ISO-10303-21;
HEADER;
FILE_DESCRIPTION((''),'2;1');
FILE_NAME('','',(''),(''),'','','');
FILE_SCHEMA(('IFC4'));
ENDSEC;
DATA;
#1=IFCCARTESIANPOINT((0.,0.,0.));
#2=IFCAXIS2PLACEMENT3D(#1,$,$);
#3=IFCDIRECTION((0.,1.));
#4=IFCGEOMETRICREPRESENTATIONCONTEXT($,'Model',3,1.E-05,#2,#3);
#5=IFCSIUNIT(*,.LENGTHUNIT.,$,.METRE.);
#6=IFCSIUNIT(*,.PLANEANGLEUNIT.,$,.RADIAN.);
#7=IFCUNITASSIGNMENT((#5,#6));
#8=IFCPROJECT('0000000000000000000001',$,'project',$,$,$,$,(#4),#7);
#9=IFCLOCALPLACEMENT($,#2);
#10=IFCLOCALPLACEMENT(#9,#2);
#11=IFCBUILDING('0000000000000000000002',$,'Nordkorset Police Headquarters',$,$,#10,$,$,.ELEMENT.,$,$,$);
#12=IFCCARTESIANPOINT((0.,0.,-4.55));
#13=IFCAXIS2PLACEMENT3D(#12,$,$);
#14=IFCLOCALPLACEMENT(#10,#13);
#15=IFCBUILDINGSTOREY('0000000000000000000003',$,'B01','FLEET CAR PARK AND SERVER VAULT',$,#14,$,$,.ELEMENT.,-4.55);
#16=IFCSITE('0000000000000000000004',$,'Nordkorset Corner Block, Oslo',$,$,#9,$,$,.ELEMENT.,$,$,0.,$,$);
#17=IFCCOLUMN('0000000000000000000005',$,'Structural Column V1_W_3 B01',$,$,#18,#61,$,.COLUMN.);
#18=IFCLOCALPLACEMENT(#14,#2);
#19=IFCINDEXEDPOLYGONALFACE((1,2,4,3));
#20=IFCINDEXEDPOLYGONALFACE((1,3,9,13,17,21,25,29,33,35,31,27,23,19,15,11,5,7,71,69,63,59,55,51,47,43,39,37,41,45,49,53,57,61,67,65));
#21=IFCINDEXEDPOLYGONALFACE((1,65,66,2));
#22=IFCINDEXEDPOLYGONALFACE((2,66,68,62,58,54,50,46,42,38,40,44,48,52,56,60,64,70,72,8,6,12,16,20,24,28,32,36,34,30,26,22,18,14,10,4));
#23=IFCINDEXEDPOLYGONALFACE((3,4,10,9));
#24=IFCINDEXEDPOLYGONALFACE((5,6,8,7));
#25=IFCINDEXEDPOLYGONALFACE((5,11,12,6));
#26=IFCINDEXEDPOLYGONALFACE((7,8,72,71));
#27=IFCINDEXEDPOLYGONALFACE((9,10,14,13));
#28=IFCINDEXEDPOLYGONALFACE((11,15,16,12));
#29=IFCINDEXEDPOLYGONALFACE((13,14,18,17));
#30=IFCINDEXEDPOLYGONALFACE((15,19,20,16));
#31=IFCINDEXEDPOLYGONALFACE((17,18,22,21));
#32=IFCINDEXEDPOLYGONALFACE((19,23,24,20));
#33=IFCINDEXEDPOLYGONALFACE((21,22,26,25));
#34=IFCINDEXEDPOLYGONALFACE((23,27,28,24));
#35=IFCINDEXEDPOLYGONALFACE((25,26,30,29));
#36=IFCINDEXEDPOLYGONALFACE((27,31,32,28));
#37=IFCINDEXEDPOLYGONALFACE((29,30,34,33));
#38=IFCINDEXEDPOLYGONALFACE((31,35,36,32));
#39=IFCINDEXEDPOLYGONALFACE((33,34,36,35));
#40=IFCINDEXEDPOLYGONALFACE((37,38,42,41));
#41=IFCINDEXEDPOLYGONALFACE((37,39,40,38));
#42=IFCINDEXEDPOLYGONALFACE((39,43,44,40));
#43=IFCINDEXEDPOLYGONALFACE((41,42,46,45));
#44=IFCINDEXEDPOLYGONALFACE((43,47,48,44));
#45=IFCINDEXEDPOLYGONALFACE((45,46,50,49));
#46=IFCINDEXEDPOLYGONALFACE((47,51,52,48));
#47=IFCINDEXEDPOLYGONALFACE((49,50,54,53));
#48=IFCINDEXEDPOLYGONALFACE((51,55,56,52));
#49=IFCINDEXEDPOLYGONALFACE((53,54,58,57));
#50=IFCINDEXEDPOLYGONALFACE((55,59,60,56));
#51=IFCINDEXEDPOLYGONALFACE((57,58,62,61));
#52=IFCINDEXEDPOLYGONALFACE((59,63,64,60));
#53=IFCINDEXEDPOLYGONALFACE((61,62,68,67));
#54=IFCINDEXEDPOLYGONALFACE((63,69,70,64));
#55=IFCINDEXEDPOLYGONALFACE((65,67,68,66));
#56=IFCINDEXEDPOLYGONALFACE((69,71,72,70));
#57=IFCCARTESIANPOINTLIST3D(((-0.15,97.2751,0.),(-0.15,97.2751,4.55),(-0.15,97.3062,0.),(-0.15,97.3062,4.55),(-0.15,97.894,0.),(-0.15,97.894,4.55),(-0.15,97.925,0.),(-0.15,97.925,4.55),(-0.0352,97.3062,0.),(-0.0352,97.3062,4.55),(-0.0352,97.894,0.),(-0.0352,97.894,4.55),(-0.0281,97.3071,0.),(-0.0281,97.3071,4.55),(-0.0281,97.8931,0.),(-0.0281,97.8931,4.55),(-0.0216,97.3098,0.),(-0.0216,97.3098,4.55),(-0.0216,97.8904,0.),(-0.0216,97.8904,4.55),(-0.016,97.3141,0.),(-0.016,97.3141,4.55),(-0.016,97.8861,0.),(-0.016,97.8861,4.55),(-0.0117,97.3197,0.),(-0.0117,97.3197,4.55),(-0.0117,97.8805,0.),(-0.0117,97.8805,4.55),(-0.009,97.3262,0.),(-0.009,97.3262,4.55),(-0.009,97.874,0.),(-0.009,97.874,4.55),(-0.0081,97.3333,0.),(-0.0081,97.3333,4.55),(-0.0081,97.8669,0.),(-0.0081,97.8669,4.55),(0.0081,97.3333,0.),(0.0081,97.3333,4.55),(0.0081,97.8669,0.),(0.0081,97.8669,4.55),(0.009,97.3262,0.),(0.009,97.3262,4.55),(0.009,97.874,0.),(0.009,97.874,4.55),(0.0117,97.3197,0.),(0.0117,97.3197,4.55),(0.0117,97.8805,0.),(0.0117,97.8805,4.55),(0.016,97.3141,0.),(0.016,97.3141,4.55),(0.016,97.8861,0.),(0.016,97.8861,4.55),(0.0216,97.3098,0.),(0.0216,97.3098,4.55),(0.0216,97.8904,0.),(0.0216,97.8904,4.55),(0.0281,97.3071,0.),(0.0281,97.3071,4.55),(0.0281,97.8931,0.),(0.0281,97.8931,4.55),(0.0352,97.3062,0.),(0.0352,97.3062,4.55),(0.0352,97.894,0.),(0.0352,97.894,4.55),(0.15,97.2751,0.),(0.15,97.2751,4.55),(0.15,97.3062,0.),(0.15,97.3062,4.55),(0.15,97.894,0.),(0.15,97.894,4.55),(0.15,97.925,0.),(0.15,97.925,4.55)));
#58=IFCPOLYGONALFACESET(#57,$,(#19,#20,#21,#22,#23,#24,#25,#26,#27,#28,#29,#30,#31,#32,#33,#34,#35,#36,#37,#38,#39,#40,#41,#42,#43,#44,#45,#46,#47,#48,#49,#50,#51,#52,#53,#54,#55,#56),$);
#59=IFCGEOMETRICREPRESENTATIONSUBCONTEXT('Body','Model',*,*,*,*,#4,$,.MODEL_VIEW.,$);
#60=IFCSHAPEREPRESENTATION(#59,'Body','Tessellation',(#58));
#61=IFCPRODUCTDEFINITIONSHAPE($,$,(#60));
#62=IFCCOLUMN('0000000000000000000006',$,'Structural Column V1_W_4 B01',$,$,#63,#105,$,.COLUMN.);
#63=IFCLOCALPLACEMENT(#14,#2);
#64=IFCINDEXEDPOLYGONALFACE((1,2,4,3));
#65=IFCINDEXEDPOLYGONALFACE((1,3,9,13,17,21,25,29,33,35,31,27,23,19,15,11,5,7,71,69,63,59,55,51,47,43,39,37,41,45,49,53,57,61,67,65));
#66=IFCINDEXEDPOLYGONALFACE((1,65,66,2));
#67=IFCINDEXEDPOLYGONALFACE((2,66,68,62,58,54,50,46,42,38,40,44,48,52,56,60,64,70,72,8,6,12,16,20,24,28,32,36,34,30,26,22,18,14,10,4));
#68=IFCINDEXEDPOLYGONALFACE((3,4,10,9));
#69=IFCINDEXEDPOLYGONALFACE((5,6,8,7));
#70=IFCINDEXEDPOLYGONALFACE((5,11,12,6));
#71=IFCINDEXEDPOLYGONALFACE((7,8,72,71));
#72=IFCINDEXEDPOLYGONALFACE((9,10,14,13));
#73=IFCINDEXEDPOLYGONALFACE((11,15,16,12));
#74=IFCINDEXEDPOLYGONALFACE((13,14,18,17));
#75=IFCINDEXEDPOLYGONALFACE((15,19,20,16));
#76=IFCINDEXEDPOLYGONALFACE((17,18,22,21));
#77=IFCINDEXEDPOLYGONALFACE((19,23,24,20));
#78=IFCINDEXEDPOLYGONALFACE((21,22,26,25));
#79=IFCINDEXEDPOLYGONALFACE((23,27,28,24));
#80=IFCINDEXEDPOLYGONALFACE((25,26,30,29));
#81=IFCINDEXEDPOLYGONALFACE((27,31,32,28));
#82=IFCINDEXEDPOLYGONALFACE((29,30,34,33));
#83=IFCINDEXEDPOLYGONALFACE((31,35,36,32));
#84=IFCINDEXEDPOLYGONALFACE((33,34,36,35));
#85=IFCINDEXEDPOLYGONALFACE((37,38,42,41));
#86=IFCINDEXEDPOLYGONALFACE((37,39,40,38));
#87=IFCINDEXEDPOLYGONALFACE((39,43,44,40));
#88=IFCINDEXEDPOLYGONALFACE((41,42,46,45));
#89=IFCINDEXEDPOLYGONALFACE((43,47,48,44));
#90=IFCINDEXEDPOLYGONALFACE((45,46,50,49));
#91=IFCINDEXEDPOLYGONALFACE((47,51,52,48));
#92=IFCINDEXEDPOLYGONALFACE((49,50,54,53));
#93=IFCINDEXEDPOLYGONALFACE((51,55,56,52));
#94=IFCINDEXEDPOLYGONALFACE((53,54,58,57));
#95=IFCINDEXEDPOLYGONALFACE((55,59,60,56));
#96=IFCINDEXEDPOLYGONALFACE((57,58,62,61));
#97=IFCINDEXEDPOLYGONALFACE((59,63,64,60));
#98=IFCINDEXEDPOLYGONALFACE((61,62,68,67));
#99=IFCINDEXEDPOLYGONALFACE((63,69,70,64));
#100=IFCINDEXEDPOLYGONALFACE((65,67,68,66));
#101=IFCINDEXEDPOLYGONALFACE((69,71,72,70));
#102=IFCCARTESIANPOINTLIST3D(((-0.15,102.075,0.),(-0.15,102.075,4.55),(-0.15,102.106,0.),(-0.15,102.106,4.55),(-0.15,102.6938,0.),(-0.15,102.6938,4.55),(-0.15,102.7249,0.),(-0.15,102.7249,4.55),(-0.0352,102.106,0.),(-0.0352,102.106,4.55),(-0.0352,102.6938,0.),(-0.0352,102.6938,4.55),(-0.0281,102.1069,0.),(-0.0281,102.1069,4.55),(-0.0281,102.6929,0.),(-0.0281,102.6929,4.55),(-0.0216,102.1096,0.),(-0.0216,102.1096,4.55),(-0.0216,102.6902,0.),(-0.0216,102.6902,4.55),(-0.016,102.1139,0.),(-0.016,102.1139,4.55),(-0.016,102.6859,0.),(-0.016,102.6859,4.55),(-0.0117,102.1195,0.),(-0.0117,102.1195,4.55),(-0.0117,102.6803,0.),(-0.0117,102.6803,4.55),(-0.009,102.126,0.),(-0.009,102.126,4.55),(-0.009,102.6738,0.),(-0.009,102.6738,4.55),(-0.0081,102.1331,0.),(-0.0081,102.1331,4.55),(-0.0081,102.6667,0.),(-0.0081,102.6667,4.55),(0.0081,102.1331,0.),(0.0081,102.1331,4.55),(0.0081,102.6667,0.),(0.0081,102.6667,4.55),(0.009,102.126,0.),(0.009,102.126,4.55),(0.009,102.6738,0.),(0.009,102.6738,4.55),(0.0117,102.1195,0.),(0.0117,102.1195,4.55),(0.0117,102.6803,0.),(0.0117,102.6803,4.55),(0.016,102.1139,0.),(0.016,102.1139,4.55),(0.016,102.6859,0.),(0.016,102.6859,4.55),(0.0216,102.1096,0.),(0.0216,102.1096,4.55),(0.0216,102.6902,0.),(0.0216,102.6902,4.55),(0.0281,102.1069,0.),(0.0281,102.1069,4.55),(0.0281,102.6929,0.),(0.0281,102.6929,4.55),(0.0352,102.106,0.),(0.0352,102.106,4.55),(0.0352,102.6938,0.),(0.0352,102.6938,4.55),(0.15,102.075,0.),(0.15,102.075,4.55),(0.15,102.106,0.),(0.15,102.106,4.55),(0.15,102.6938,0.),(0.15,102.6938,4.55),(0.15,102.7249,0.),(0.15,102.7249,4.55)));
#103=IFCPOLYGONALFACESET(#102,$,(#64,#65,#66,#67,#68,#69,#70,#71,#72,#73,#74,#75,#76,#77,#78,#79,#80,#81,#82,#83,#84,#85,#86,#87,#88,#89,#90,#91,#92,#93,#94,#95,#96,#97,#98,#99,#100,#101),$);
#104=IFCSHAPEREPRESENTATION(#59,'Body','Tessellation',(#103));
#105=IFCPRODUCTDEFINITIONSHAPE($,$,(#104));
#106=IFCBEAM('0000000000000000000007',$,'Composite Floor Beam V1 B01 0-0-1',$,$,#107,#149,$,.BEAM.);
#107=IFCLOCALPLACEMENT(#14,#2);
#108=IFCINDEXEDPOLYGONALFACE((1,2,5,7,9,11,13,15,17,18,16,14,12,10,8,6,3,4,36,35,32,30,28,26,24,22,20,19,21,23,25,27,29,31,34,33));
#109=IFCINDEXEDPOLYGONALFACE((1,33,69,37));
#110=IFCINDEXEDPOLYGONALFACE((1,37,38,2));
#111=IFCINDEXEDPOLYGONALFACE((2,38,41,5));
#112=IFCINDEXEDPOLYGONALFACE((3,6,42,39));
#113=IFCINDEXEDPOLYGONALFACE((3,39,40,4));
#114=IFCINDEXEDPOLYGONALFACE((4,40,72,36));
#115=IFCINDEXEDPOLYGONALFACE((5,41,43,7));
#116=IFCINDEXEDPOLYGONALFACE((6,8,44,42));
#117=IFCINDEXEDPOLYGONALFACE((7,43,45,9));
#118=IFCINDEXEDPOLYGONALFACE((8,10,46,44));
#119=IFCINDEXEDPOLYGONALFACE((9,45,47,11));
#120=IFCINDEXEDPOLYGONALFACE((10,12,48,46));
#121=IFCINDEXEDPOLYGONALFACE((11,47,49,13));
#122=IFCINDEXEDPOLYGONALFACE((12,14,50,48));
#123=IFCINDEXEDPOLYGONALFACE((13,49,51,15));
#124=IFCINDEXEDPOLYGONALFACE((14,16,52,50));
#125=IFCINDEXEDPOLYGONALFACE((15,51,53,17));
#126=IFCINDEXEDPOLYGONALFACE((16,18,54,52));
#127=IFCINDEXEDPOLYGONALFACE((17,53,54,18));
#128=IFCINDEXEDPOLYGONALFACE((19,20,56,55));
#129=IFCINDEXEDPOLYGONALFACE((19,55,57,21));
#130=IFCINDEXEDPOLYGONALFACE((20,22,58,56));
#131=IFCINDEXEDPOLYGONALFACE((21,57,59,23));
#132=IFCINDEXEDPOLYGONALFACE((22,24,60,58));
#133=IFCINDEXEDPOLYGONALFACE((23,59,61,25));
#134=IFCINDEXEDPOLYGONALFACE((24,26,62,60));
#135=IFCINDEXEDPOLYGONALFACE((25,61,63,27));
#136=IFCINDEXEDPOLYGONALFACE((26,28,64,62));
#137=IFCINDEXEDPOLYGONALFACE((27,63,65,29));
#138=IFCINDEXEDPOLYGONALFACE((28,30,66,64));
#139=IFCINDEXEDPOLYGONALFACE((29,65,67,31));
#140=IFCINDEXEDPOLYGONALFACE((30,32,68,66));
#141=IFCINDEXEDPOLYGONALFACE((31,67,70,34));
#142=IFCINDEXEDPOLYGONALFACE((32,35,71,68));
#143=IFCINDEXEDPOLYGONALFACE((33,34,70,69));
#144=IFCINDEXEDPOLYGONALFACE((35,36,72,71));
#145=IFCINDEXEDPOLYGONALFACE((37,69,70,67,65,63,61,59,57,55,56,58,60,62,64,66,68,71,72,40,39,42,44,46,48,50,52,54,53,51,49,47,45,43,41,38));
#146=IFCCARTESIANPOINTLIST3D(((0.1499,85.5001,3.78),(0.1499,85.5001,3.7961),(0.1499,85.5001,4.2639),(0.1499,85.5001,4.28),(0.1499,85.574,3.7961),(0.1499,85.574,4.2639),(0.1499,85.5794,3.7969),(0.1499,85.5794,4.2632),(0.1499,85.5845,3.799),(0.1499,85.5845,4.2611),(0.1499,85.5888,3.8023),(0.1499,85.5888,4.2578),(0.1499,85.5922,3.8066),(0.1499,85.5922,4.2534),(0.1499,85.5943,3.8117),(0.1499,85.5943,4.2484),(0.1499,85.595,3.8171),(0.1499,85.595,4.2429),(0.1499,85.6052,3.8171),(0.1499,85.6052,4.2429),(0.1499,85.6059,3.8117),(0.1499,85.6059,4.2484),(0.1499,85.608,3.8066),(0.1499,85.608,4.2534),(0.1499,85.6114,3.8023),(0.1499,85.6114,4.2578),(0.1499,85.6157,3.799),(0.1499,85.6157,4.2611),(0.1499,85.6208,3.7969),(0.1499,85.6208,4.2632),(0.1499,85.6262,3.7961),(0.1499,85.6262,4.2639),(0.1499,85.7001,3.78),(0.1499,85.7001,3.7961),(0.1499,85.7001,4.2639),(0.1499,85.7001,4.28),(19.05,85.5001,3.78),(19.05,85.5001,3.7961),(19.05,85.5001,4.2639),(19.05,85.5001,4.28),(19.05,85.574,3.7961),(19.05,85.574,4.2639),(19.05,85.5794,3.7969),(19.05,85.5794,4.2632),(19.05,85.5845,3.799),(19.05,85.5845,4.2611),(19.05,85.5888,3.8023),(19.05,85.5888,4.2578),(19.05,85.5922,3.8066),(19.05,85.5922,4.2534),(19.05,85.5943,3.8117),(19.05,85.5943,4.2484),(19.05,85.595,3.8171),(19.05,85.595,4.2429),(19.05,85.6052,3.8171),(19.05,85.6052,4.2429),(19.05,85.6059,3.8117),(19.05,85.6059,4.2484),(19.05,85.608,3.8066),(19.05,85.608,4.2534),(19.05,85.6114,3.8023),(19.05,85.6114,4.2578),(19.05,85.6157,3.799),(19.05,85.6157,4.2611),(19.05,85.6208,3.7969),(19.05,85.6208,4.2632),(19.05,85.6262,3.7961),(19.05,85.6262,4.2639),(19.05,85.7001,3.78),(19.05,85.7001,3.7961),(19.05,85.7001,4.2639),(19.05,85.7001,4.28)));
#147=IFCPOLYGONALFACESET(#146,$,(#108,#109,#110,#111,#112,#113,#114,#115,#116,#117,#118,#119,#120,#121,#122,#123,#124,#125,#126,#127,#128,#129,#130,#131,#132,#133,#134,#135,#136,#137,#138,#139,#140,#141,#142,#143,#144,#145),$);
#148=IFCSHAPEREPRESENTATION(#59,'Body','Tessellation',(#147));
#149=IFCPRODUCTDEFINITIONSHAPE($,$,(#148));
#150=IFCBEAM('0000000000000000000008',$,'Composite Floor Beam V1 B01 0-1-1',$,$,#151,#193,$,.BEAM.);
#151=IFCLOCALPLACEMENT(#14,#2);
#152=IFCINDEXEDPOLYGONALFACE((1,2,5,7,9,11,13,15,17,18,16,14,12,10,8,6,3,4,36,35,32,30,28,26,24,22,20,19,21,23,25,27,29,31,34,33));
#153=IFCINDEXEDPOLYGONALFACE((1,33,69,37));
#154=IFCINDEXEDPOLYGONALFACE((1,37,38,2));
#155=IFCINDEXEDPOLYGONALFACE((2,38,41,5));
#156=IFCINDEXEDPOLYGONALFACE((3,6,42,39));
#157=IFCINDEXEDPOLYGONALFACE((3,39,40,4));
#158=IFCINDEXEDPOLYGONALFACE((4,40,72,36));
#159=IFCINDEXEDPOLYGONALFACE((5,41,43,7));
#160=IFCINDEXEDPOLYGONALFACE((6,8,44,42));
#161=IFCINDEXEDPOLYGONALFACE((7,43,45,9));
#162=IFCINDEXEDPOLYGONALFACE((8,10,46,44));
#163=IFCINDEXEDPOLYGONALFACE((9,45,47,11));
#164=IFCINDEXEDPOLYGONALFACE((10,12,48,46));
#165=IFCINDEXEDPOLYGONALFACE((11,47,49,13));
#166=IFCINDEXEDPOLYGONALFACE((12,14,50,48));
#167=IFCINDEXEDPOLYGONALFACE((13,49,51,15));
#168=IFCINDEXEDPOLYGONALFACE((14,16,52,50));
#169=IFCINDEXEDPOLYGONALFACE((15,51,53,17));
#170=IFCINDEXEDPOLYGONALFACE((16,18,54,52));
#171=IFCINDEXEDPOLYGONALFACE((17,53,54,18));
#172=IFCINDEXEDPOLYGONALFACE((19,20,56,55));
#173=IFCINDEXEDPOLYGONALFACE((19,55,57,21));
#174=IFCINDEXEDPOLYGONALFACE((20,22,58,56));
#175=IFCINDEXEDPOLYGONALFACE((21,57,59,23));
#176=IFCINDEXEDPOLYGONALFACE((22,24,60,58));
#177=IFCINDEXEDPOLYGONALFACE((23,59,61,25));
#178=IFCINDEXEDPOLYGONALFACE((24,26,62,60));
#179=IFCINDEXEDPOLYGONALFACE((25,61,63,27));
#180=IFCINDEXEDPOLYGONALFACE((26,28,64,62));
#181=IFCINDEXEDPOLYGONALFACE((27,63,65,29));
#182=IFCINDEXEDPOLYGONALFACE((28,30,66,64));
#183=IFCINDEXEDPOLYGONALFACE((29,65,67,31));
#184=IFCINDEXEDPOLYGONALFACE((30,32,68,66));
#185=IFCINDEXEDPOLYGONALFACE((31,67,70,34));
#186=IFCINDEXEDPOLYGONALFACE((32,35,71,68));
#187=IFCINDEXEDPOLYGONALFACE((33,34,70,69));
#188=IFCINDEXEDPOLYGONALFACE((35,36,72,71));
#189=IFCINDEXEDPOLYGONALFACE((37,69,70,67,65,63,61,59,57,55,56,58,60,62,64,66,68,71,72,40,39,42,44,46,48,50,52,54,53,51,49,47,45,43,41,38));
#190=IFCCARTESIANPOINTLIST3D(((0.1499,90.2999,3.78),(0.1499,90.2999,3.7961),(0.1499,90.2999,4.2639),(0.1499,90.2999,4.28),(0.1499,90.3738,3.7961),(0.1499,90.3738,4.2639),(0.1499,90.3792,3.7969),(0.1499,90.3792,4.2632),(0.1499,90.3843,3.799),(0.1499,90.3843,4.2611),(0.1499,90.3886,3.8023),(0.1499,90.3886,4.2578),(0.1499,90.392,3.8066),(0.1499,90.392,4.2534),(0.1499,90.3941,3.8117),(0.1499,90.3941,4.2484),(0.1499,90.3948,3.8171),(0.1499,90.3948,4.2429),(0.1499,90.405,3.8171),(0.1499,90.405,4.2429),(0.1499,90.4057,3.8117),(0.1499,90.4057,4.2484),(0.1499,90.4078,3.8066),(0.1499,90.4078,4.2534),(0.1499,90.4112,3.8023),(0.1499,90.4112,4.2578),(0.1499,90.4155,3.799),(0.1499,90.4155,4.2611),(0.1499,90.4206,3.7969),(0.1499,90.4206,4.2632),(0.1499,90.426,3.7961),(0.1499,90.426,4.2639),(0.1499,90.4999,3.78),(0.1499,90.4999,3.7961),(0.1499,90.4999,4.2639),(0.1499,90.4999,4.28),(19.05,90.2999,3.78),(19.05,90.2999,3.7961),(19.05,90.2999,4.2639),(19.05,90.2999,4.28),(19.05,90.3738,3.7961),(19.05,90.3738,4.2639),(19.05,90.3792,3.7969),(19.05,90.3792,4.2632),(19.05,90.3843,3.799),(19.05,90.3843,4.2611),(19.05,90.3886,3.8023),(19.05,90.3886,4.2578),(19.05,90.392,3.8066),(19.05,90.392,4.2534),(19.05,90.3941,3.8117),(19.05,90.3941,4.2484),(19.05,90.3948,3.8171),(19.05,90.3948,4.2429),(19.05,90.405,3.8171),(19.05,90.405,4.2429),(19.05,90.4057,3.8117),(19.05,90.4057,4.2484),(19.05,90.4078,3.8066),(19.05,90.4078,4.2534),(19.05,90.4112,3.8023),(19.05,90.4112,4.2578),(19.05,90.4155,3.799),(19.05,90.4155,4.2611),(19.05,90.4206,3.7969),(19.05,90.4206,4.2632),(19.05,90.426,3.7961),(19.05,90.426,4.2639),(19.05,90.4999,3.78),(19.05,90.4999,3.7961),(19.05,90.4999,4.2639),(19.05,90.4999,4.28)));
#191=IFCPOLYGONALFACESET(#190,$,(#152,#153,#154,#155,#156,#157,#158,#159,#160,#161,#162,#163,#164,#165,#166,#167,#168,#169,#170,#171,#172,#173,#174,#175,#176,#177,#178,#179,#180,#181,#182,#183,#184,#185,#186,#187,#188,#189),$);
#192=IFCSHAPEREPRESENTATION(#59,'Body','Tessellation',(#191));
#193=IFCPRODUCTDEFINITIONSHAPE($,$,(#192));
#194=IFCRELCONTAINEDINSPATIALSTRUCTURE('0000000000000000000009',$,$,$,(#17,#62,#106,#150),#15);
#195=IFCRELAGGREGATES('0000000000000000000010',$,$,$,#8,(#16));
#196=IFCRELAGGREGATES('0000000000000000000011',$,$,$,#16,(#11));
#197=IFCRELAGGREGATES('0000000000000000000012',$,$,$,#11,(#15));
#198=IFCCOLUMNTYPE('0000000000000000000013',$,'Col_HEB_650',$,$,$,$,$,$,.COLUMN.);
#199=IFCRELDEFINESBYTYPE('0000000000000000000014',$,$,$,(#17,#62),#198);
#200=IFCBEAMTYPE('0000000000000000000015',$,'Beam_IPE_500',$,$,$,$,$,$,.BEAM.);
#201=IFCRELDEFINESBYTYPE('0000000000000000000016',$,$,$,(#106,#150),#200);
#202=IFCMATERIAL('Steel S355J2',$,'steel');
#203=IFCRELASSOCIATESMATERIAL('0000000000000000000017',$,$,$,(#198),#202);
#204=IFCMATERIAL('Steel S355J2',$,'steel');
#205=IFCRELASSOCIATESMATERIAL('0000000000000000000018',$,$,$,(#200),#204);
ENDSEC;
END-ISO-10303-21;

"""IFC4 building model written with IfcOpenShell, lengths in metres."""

from ifc_helpers import new_model, si_unit, direction, frame, origin, origin_2d, place, context, subcontext, project, spatial, i_section, extrude, material, material_profile, profile_set, type_object, element, save


model = new_model("IFC4")

# Units and contexts
model_context = context("Model", 3, precision=1e-05, world=origin(), true_north=direction((0.0, 1.0)))
body_context = subcontext(model_context, "Body", "Model", "MODEL_VIEW")
ifc_project = project(units=[si_unit("LENGTHUNIT", "METRE"), si_unit("PLANEANGLEUNIT", "RADIAN")], contexts=[model_context])

# Site, building, storey
site_placement = place(None, origin())
site = spatial("IfcSite", under=ifc_project, at=site_placement, Name="Nordkorset Corner Block, Oslo", CompositionType="ELEMENT", RefElevation=0.0)
building_placement = place(site_placement, origin())
building = spatial("IfcBuilding", under=site, at=building_placement, Name="Nordkorset Police Headquarters", CompositionType="ELEMENT")
storey_placement = place(building_placement, frame((0.0, 0.0, -4.55)))
storey = spatial("IfcBuildingStorey", under=building, at=storey_placement, Name="B01", Description="FLEET CAR PARK AND SERVER VAULT", CompositionType="ELEMENT", Elevation=-4.55)

# Columns
ifc_material_1 = material(Name="Steel S355J2", Category="steel")
ifc_material_profile_1 = material_profile(ifc_material_1, i_section(OverallWidth=0.3, OverallDepth=0.6499, WebThickness=0.0161, FlangeThickness=0.031, FilletRadius=0.0271, at=origin_2d()), Name="HEB 650")
ifc_profile_set_1 = profile_set([ifc_material_profile_1], Name="Steel S355J2")
column_type_1 = type_object("IfcColumnType", Name="Col_HEB_650", PredefinedType="COLUMN", material=ifc_profile_set_1)
for number, where, z_axis, x_axis, name in (
    (1, (0.0, 97.6001, 0.0), (0.0, 0.0, 1.0), (1.0, 0.0, 0.0), "Structural Column V1_W_3 B01"),
    (2, (0.0, 102.3999, 0.0), (0.0, 0.0, 1.0), (1.0, 0.0, 0.0), "Structural Column V1_W_4 B01"),
):
    element("IfcColumn", number, at=place(storey_placement, frame(where, z_axis=z_axis, x_axis=x_axis)), inside=storey, type_object=column_type_1, Name=name, PredefinedType="COLUMN", context=body_context, shape_type="SweptSolid", body=[
        extrude(i_section(OverallWidth=0.3, OverallDepth=0.6499, WebThickness=0.0161, FlangeThickness=0.031, FilletRadius=0.0271, at=origin_2d()), origin(), (0.0, 0.0, 1.0), 4.55),
    ])

# Beams
ifc_material_2 = material(Name="Steel S355J2", Category="steel")
ifc_material_profile_2 = material_profile(ifc_material_2, i_section(OverallWidth=0.2, OverallDepth=0.5, WebThickness=0.0103, FlangeThickness=0.0161, FilletRadius=0.021, at=origin_2d()), Name="IPE 500")
ifc_profile_set_2 = profile_set([ifc_material_profile_2], Name="Steel S355J2")
beam_type_1 = type_object("IfcBeamType", Name="Beam_IPE_500", PredefinedType="BEAM", material=ifc_profile_set_2)
for number, where, z_axis, x_axis, name in (
    (3, (0.1499, 85.6001, 4.03), (1.0, 0.0, 0.0), (0.0, 1.0, 0.0), "Composite Floor Beam V1 B01 0-0-1"),
    (4, (0.1499, 90.3999, 4.03), (1.0, 0.0, 0.0), (0.0, 1.0, 0.0), "Composite Floor Beam V1 B01 0-1-1"),
):
    element("IfcBeam", number, at=place(storey_placement, frame(where, z_axis=z_axis, x_axis=x_axis)), inside=storey, type_object=beam_type_1, Name=name, PredefinedType="BEAM", context=body_context, shape_type="SweptSolid", body=[
        extrude(i_section(OverallWidth=0.2, OverallDepth=0.5, WebThickness=0.0103, FlangeThickness=0.0161, FilletRadius=0.021, at=origin_2d()), origin(), (0.0, 0.0, 1.0), 18.9001),
    ])

save(model, "model.ifc")
